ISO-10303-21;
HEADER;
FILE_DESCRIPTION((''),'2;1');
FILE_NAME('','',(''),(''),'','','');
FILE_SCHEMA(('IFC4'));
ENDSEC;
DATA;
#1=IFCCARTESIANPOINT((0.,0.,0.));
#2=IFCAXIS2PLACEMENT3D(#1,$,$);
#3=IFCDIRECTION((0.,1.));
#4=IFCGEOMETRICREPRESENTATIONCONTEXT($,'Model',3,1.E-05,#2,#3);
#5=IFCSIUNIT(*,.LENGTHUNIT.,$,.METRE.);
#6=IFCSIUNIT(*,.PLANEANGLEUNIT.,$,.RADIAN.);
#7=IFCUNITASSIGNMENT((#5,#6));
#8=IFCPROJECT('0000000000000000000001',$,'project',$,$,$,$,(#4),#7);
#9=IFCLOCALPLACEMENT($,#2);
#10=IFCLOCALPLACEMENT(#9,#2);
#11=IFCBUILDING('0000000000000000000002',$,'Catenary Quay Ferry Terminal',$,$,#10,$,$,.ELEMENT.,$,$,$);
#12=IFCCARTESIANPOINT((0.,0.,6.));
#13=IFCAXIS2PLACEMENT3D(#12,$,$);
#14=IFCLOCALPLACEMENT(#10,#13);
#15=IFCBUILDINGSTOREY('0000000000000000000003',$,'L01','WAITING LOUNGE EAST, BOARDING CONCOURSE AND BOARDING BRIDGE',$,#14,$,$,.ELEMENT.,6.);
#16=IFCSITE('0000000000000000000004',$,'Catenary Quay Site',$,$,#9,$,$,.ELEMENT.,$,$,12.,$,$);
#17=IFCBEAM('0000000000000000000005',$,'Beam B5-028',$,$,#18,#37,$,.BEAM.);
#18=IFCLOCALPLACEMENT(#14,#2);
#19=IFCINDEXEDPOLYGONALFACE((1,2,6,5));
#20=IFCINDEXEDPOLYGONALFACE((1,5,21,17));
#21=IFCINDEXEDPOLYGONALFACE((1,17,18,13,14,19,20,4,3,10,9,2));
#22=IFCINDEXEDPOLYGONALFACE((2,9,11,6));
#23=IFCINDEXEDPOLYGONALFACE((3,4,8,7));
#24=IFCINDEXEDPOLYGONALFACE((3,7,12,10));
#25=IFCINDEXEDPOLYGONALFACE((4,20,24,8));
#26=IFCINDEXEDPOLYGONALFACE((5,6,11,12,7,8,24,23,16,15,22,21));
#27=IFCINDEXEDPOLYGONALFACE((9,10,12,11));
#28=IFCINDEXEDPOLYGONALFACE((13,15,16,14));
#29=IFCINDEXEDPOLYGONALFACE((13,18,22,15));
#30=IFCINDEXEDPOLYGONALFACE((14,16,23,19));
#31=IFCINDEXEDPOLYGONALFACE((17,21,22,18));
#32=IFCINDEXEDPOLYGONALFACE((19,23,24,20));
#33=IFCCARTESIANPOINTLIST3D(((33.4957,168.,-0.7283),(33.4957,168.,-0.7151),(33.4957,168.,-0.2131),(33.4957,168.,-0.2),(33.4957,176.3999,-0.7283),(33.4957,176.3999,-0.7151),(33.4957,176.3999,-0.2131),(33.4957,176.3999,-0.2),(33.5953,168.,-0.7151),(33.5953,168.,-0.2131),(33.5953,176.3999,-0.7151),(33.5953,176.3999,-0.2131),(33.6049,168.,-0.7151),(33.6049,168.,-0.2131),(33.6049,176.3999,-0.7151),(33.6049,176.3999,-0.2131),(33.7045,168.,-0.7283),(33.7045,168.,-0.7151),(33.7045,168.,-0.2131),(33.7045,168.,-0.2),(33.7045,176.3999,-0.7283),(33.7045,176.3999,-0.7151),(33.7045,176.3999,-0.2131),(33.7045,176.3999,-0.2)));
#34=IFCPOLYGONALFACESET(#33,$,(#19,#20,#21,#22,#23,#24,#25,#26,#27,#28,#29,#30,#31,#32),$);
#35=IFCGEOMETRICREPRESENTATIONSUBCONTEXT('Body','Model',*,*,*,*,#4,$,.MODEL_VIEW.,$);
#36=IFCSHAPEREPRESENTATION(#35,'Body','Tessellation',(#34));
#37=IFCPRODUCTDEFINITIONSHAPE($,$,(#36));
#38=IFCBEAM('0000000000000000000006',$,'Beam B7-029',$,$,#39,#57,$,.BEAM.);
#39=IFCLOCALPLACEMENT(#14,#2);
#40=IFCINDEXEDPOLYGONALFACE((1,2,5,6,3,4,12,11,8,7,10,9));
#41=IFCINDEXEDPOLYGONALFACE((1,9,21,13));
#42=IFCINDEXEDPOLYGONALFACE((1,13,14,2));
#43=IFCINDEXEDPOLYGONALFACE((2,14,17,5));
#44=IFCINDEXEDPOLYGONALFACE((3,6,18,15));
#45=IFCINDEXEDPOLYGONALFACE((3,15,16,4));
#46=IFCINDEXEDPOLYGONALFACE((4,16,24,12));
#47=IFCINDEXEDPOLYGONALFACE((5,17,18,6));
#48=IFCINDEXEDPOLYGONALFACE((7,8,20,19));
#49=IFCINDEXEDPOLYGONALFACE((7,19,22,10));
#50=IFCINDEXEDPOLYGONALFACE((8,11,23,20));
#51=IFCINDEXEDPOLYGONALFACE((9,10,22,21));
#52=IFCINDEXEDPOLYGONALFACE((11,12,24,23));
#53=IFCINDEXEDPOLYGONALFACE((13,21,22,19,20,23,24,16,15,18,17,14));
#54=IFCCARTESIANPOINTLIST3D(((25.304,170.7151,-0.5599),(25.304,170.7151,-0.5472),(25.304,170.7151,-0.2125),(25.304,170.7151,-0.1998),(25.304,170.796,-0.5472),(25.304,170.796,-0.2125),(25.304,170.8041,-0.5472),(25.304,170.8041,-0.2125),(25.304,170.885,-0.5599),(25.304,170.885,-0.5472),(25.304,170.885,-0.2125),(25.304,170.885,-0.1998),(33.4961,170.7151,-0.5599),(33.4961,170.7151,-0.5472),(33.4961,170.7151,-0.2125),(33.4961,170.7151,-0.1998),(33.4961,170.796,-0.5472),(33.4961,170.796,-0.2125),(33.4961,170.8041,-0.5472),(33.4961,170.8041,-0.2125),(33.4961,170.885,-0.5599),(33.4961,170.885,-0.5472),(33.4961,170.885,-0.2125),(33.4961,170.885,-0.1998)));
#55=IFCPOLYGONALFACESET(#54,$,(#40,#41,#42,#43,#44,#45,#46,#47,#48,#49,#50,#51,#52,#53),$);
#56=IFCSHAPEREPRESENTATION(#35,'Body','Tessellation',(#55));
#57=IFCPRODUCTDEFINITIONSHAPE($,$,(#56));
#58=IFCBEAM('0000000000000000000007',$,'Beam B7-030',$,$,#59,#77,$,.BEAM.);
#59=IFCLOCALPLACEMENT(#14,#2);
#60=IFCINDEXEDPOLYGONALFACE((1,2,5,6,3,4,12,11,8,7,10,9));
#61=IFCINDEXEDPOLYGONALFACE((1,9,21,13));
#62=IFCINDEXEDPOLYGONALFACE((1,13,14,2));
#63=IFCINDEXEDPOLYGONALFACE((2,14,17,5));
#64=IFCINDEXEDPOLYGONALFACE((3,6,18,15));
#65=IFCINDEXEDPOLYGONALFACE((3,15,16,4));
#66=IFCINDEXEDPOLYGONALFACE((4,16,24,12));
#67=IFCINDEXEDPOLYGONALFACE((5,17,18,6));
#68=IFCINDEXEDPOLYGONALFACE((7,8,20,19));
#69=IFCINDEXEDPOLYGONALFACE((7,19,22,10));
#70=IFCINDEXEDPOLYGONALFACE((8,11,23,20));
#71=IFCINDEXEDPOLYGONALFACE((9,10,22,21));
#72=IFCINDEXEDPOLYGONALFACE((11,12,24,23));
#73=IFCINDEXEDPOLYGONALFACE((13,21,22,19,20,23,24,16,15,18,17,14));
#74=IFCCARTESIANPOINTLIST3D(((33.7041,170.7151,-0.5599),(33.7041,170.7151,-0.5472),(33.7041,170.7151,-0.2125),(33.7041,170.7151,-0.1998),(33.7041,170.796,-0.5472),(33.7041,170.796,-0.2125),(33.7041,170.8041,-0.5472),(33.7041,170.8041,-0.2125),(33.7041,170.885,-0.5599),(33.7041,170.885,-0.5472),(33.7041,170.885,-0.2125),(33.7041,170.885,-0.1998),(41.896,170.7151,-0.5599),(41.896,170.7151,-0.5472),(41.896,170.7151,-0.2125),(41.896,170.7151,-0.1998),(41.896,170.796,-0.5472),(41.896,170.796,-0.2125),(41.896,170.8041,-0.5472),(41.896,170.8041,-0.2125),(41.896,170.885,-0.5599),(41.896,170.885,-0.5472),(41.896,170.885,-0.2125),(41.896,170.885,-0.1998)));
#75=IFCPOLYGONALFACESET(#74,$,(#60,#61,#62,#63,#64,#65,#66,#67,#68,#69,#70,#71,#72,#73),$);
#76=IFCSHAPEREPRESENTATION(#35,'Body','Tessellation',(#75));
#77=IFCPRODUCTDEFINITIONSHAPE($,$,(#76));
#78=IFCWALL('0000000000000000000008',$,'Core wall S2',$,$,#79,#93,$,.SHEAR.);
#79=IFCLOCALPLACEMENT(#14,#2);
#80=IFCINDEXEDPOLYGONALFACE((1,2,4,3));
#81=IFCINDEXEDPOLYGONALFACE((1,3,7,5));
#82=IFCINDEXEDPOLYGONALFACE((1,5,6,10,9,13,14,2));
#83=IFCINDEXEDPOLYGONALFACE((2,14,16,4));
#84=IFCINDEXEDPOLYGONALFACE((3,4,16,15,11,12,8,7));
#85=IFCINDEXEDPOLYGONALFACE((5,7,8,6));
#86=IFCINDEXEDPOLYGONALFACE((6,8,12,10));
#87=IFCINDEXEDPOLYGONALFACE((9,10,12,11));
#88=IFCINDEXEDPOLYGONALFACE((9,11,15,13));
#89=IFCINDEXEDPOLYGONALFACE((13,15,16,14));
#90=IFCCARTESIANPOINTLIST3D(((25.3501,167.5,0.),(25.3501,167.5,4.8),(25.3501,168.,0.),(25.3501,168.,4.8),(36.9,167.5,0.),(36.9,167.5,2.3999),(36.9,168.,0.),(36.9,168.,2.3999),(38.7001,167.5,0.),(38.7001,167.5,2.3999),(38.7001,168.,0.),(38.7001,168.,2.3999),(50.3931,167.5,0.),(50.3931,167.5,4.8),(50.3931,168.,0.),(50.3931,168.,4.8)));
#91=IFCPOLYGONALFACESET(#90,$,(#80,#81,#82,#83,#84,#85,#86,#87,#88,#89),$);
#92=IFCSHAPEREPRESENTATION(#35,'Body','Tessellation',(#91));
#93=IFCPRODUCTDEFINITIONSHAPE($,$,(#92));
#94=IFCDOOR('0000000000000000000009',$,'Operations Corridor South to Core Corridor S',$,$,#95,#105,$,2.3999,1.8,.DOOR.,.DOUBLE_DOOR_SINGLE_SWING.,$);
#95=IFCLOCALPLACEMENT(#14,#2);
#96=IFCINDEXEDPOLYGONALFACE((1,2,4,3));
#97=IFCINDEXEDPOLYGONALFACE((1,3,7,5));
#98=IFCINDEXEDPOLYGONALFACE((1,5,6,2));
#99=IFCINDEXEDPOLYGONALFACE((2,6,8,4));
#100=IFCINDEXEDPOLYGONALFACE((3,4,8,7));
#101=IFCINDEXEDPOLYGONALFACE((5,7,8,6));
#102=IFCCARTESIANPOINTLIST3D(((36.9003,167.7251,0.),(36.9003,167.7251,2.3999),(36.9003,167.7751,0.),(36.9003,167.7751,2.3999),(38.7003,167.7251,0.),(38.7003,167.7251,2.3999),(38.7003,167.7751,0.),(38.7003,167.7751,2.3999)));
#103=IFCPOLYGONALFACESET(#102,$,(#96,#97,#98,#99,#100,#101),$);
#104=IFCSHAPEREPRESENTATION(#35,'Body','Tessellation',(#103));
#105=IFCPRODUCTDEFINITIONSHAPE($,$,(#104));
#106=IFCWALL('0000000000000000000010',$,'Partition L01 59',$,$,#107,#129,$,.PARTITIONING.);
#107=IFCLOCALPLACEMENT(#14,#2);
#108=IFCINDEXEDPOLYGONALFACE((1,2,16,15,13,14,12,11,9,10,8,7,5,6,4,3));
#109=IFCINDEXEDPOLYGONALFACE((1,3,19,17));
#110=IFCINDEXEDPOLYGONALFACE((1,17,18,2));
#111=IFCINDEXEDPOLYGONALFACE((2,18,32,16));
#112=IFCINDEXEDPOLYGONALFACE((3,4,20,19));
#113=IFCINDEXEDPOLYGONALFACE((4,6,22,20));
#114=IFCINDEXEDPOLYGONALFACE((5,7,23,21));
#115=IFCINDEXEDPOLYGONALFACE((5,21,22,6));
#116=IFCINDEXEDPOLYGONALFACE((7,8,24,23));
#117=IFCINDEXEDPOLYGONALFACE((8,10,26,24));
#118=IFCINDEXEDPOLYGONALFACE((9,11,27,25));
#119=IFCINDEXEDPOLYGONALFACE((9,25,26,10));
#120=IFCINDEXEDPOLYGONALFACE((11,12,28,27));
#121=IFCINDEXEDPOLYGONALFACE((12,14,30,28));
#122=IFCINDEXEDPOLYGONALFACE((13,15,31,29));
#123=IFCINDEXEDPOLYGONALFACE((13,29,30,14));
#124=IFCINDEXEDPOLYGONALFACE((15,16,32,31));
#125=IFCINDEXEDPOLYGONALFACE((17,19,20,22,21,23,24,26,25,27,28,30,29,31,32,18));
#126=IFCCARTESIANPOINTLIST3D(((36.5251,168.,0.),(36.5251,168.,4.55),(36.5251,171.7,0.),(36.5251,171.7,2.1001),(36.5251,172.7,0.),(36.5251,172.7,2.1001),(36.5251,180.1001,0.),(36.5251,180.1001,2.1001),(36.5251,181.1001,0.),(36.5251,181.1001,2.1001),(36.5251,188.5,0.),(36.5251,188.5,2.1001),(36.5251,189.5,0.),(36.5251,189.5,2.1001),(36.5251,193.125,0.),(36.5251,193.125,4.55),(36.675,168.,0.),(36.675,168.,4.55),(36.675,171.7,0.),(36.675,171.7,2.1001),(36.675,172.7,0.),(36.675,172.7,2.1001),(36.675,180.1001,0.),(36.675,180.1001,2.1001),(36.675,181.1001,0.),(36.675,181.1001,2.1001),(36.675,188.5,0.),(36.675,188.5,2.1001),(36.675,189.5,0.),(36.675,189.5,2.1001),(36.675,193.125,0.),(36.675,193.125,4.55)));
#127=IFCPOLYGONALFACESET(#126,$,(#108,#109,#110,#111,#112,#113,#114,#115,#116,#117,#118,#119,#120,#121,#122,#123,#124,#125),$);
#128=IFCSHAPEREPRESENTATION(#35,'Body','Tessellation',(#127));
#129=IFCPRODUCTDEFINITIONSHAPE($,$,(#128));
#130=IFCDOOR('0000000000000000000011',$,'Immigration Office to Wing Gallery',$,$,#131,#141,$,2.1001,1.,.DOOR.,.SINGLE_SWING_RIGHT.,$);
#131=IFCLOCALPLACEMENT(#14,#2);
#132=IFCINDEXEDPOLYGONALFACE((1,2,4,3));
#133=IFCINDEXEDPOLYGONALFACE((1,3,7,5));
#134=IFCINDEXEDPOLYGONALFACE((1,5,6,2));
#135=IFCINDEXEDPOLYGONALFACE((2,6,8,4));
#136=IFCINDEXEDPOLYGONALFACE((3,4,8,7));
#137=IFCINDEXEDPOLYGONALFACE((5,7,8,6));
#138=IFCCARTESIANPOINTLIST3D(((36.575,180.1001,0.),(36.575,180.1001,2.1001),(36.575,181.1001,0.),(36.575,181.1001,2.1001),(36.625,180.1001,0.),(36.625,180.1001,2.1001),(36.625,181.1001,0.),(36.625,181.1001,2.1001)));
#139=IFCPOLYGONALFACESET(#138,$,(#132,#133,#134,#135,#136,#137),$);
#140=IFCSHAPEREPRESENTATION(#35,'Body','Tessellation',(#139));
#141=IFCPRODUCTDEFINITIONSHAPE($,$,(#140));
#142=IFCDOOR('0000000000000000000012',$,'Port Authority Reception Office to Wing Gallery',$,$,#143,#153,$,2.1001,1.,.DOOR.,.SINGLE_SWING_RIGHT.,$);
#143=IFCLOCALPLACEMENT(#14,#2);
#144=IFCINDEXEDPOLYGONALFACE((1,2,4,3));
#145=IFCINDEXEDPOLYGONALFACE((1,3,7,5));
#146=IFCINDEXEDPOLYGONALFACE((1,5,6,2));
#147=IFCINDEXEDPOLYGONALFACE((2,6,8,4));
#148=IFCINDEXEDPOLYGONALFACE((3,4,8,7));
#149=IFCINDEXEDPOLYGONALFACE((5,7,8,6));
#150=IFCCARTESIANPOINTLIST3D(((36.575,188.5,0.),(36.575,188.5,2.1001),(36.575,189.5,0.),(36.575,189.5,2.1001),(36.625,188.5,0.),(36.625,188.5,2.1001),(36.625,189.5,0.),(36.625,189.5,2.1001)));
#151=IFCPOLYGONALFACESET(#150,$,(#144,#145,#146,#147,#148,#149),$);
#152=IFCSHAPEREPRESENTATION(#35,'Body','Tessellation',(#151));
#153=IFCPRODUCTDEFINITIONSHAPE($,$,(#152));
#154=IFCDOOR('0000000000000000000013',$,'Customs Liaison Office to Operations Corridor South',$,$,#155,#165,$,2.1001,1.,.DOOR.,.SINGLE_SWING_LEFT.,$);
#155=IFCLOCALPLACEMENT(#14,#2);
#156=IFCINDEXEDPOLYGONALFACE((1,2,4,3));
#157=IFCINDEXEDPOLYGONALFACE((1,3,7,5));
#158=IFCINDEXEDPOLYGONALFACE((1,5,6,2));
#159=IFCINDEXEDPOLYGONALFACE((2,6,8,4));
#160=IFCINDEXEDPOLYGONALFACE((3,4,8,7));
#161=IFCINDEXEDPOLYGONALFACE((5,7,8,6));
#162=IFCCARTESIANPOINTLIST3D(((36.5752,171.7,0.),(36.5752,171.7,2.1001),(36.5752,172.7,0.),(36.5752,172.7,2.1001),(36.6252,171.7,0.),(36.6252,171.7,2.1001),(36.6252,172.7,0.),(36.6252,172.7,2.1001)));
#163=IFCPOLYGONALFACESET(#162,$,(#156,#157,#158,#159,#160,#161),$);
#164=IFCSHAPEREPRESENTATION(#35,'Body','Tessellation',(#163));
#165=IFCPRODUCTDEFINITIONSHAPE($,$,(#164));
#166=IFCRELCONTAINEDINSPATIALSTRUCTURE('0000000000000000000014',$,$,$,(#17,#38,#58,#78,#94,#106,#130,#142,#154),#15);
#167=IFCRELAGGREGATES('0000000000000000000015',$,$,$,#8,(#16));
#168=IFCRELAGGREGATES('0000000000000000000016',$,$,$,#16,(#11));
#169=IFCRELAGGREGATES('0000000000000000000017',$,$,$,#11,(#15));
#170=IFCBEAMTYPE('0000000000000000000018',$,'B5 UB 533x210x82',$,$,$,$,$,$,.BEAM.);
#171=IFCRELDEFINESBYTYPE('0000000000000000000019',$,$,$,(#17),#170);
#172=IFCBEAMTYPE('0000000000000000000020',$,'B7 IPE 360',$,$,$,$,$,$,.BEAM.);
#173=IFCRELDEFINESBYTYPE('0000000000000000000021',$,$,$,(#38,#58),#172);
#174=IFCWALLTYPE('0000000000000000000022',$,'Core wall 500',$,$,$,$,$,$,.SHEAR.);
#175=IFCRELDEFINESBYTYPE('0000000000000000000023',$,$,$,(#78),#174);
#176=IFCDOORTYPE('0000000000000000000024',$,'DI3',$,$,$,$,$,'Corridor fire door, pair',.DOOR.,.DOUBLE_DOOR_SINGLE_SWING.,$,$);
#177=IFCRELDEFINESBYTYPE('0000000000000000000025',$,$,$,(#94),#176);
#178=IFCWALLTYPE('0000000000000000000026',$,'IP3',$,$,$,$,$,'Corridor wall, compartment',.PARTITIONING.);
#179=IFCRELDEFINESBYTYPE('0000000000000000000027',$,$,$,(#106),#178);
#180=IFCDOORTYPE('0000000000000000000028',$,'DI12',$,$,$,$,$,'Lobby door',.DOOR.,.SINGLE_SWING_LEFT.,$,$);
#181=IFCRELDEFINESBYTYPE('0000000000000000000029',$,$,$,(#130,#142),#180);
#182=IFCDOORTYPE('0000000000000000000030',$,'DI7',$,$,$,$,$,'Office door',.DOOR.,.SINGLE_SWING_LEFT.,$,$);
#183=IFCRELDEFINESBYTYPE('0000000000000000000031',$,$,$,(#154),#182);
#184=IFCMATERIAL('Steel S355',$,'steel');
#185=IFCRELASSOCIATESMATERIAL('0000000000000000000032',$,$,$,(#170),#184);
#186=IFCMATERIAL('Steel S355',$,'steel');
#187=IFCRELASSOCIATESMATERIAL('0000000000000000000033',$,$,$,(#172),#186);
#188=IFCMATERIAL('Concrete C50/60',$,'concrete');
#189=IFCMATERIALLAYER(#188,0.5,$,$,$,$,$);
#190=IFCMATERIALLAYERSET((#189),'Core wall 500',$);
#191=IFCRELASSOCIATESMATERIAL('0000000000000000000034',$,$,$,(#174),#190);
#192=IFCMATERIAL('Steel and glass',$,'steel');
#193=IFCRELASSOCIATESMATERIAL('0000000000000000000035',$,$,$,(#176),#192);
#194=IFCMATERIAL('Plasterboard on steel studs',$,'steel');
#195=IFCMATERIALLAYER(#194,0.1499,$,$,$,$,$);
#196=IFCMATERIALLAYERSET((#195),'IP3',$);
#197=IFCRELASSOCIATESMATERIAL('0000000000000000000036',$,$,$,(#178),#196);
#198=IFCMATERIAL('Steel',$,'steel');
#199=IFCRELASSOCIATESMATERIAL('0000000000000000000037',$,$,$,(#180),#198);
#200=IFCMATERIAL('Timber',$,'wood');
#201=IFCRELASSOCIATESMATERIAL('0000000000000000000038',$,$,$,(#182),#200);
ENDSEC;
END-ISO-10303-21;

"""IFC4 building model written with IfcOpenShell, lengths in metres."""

from ifc_helpers import new_model, si_unit, direction, frame, frame_2d, origin, origin_2d, place, context, subcontext, project, spatial, rectangle, i_section, extrude, material, layer, layer_set, material_profile, profile_set, type_object, element, fill, save


model = new_model("IFC4")

# Units and contexts
model_context = context("Model", 3, precision=1e-05, world=origin(), true_north=direction((0.0, 1.0)))
body_context = subcontext(model_context, "Body", "Model", "MODEL_VIEW")
ifc_project = project(units=[si_unit("LENGTHUNIT", "METRE"), si_unit("PLANEANGLEUNIT", "RADIAN")], contexts=[model_context])

# Site, building, storey
site_placement = place(None, origin())
site = spatial("IfcSite", under=ifc_project, at=site_placement, Name="Catenary Quay Site", CompositionType="ELEMENT", RefElevation=12.0)
building_placement = place(site_placement, origin())
building = spatial("IfcBuilding", under=site, at=building_placement, Name="Catenary Quay Ferry Terminal", CompositionType="ELEMENT")
storey_placement = place(building_placement, frame((0.0, 0.0, 6.0)))
storey = spatial("IfcBuildingStorey", under=building, at=storey_placement, Name="L01", Description="WAITING LOUNGE EAST, BOARDING CONCOURSE AND BOARDING BRIDGE", CompositionType="ELEMENT", Elevation=6.0)

# Beams
ifc_material_1 = material(Name="Steel S355", Category="steel")
ifc_material_profile_1 = material_profile(ifc_material_1, i_section(OverallWidth=0.2087, OverallDepth=0.5283, WebThickness=0.0095, FlangeThickness=0.0132, at=origin_2d()), Name="UB 533x210x82")
ifc_profile_set_1 = profile_set([ifc_material_profile_1], Name="Steel S355")
beam_type_1 = type_object("IfcBeamType", Name="B5 UB 533x210x82", PredefinedType="BEAM", material=ifc_profile_set_1)
beam_1_placement = place(storey_placement, frame((33.6001, 168.0, -0.4641), z_axis=(0.0, 1.0, 0.0), x_axis=(-1.0, 0.0, 0.0)))
element("IfcBeam", 1, at=beam_1_placement, inside=storey, type_object=beam_type_1, Name="Beam B5-028", PredefinedType="BEAM", context=body_context, shape_type="SweptSolid", body=[
    extrude(i_section(OverallWidth=0.2087, OverallDepth=0.5283, WebThickness=0.0095, FlangeThickness=0.0132, at=origin_2d()), origin(), (0.0, 0.0, 1.0), 8.3999),
])
ifc_material_2 = material(Name="Steel S355", Category="steel")
ifc_material_profile_2 = material_profile(ifc_material_2, i_section(OverallWidth=0.1699, OverallDepth=0.3601, WebThickness=0.0081, FlangeThickness=0.0127, at=origin_2d()), Name="IPE 360")
ifc_profile_set_2 = profile_set([ifc_material_profile_2], Name="Steel S355")
beam_type_2 = type_object("IfcBeamType", Name="B7 IPE 360", PredefinedType="BEAM", material=ifc_profile_set_2)
beam_2_placement = place(storey_placement, frame((25.304, 170.8, -0.3799), z_axis=(1.0, 0.0, 0.0), x_axis=(0.0, 1.0, 0.0)))
element("IfcBeam", 2, at=beam_2_placement, inside=storey, type_object=beam_type_2, Name="Beam B7-029", PredefinedType="BEAM", context=body_context, shape_type="SweptSolid", body=[
    extrude(i_section(OverallWidth=0.1699, OverallDepth=0.3601, WebThickness=0.0081, FlangeThickness=0.0127, at=origin_2d()), origin(), (0.0, 0.0, 1.0), 8.1921),
])
beam_3_placement = place(storey_placement, frame((33.7041, 170.8, -0.3799), z_axis=(1.0, 0.0, 0.0), x_axis=(0.0, 1.0, 0.0)))
element("IfcBeam", 3, at=beam_3_placement, inside=storey, type_object=beam_type_2, Name="Beam B7-030", PredefinedType="BEAM", context=body_context, shape_type="SweptSolid", body=[
    extrude(i_section(OverallWidth=0.1699, OverallDepth=0.3601, WebThickness=0.0081, FlangeThickness=0.0127, at=origin_2d()), origin(), (0.0, 0.0, 1.0), 8.1919),
])

# Wall, opening, door
ifc_material_3 = material(Name="Concrete C50/60", Category="concrete")
ifc_layer_1 = layer(ifc_material_3, 0.5)
ifc_layer_set_1 = layer_set([ifc_layer_1], Name="Core wall 500")
wall_type_1 = type_object("IfcWallType", Name="Core wall 500", PredefinedType="SHEAR", material=ifc_layer_set_1)
wall_1_placement = place(storey_placement, frame((25.3501, 167.75, 0.0), z_axis=(0.0, 0.0, 1.0), x_axis=(1.0, 0.0, 0.0)))
wall_1 = element("IfcWall", 4, at=wall_1_placement, inside=storey, type_object=wall_type_1, Name="Core wall S2", PredefinedType="SHEAR", context=body_context, shape_type="SweptSolid", body=[
    extrude(rectangle(XDim=25.043, YDim=0.5, at=frame_2d((12.5215, 0.0))), origin(), (0.0, 0.0, 1.0), 4.8),
])
opening_1_placement = place(wall_1_placement, frame((11.55, 0.0, 0.0)))
opening_1 = element("IfcOpeningElement", 5, at=opening_1_placement, cuts=wall_1, PredefinedType="OPENING", context=body_context, shape_type="SweptSolid", body=[
    extrude(rectangle(XDim=1.8, YDim=2.3999, at=frame_2d((0.8999, 1.2))), frame((0.0, 0.26, 0.0), z_axis=(0.0, -1.0, 0.0), x_axis=(1.0, 0.0, 0.0)), (0.0, 0.0, 1.0), 0.52),
])
ifc_material_4 = material(Name="Steel and glass", Category="steel")
door_type_1 = type_object("IfcDoorType", Name="DI3", ElementType="Corridor fire door, pair", OperationType="DOUBLE_DOOR_SINGLE_SWING", PredefinedType="DOOR", material=ifc_material_4)
door_1_placement = place(opening_1_placement, frame((1.8, 0.0, 0.0), z_axis=(0.0, 0.0, 1.0), x_axis=(-1.0, 0.0, 0.0)))
door_1 = element("IfcDoor", 6, at=door_1_placement, inside=storey, type_object=door_type_1, Name="Operations Corridor South to Core Corridor S", OperationType="DOUBLE_DOOR_SINGLE_SWING", OverallHeight=2.3999, OverallWidth=1.8, PredefinedType="DOOR", context=body_context, shape_type="SweptSolid", body=[
    extrude(rectangle(XDim=1.8, YDim=2.3999, at=frame_2d((0.8999, 1.2))), frame((0.0, 0.0249, 0.0), z_axis=(0.0, -1.0, 0.0), x_axis=(1.0, 0.0, 0.0)), (0.0, 0.0, 1.0), 0.05),
])
fill(opening_1, door_1)

# Wall, openings, doors
ifc_material_5 = material(Name="Plasterboard on steel studs", Category="steel")
ifc_layer_2 = layer(ifc_material_5, 0.1499)
ifc_layer_set_2 = layer_set([ifc_layer_2], Name="IP3")
wall_type_2 = type_object("IfcWallType", Name="IP3", ElementType="Corridor wall, compartment", PredefinedType="PARTITIONING", material=ifc_layer_set_2)
wall_2_placement = place(storey_placement, frame((36.6001, 168.0, 0.0), z_axis=(0.0, 0.0, 1.0), x_axis=(0.0, 1.0, 0.0)))
wall_2 = element("IfcWall", 7, at=wall_2_placement, inside=storey, type_object=wall_type_2, Name="Partition L01 59", PredefinedType="PARTITIONING", context=body_context, shape_type="SweptSolid", body=[
    extrude(rectangle(XDim=25.125, YDim=0.1499, at=frame_2d((12.5625, 0.0))), origin(), (0.0, 0.0, 1.0), 4.55),
])
opening_2_placement = place(wall_2_placement, frame((3.7, 0.0, 0.0)))
opening_2 = element("IfcOpeningElement", 8, at=opening_2_placement, cuts=wall_2, PredefinedType="OPENING", context=body_context, shape_type="SweptSolid", body=[
    extrude(rectangle(XDim=1.0, YDim=2.1001, at=frame_2d((0.5, 1.05))), frame((0.0, 0.085, 0.0), z_axis=(0.0, -1.0, 0.0), x_axis=(1.0, 0.0, 0.0)), (0.0, 0.0, 1.0), 0.1699),
])
opening_3_placement = place(wall_2_placement, frame((12.1001, 0.0, 0.0)))
opening_3 = element("IfcOpeningElement", 9, at=opening_3_placement, cuts=wall_2, PredefinedType="OPENING", context=body_context, shape_type="SweptSolid", body=[
    extrude(rectangle(XDim=1.0, YDim=2.1001, at=frame_2d((0.5, 1.05))), frame((0.0, 0.085, 0.0), z_axis=(0.0, -1.0, 0.0), x_axis=(1.0, 0.0, 0.0)), (0.0, 0.0, 1.0), 0.1699),
])
opening_4_placement = place(wall_2_placement, frame((20.5, 0.0, 0.0)))
opening_4 = element("IfcOpeningElement", 10, at=opening_4_placement, cuts=wall_2, PredefinedType="OPENING", context=body_context, shape_type="SweptSolid", body=[
    extrude(rectangle(XDim=1.0, YDim=2.1001, at=frame_2d((0.5, 1.05))), frame((0.0, 0.085, 0.0), z_axis=(0.0, -1.0, 0.0), x_axis=(1.0, 0.0, 0.0)), (0.0, 0.0, 1.0), 0.1699),
])
ifc_material_6 = material(Name="Steel", Category="steel")
door_type_2 = type_object("IfcDoorType", Name="DI12", ElementType="Lobby door", OperationType="SINGLE_SWING_LEFT", PredefinedType="DOOR", material=ifc_material_6)
door_2_placement = place(opening_3_placement, frame((1.0, 0.0, 0.0), z_axis=(0.0, 0.0, 1.0), x_axis=(-1.0, 0.0, 0.0)))
door_2 = element("IfcDoor", 11, at=door_2_placement, inside=storey, type_object=door_type_2, Name="Immigration Office to Wing Gallery", OperationType="SINGLE_SWING_RIGHT", OverallHeight=2.1001, OverallWidth=1.0, PredefinedType="DOOR", context=body_context, shape_type="SweptSolid", body=[
    extrude(rectangle(XDim=1.0, YDim=2.1001, at=frame_2d((0.5, 1.05))), frame((0.0, 0.0249, 0.0), z_axis=(0.0, -1.0, 0.0), x_axis=(1.0, 0.0, 0.0)), (0.0, 0.0, 1.0), 0.05),
])
fill(opening_3, door_2)
door_3_placement = place(opening_4_placement, frame((1.0, 0.0, 0.0), z_axis=(0.0, 0.0, 1.0), x_axis=(-1.0, 0.0, 0.0)))
door_3 = element("IfcDoor", 12, at=door_3_placement, inside=storey, type_object=door_type_2, Name="Port Authority Reception Office to Wing Gallery", OperationType="SINGLE_SWING_RIGHT", OverallHeight=2.1001, OverallWidth=1.0, PredefinedType="DOOR", context=body_context, shape_type="SweptSolid", body=[
    extrude(rectangle(XDim=1.0, YDim=2.1001, at=frame_2d((0.5, 1.05))), frame((0.0, 0.0249, 0.0), z_axis=(0.0, -1.0, 0.0), x_axis=(1.0, 0.0, 0.0)), (0.0, 0.0, 1.0), 0.05),
])
fill(opening_4, door_3)
ifc_material_7 = material(Name="Timber", Category="wood")
door_type_3 = type_object("IfcDoorType", Name="DI7", ElementType="Office door", OperationType="SINGLE_SWING_LEFT", PredefinedType="DOOR", material=ifc_material_7)
door_4_placement = place(opening_2_placement, origin())
door_4 = element("IfcDoor", 13, at=door_4_placement, inside=storey, type_object=door_type_3, Name="Customs Liaison Office to Operations Corridor South", OperationType="SINGLE_SWING_LEFT", OverallHeight=2.1001, OverallWidth=1.0, PredefinedType="DOOR", context=body_context, shape_type="SweptSolid", body=[
    extrude(rectangle(XDim=1.0, YDim=2.1001, at=frame_2d((0.5, 1.05))), frame((0.0, 0.0249, 0.0), z_axis=(0.0, -1.0, 0.0), x_axis=(1.0, 0.0, 0.0)), (0.0, 0.0, 1.0), 0.05),
])
fill(opening_2, door_4)

save(model, "model.ifc")
